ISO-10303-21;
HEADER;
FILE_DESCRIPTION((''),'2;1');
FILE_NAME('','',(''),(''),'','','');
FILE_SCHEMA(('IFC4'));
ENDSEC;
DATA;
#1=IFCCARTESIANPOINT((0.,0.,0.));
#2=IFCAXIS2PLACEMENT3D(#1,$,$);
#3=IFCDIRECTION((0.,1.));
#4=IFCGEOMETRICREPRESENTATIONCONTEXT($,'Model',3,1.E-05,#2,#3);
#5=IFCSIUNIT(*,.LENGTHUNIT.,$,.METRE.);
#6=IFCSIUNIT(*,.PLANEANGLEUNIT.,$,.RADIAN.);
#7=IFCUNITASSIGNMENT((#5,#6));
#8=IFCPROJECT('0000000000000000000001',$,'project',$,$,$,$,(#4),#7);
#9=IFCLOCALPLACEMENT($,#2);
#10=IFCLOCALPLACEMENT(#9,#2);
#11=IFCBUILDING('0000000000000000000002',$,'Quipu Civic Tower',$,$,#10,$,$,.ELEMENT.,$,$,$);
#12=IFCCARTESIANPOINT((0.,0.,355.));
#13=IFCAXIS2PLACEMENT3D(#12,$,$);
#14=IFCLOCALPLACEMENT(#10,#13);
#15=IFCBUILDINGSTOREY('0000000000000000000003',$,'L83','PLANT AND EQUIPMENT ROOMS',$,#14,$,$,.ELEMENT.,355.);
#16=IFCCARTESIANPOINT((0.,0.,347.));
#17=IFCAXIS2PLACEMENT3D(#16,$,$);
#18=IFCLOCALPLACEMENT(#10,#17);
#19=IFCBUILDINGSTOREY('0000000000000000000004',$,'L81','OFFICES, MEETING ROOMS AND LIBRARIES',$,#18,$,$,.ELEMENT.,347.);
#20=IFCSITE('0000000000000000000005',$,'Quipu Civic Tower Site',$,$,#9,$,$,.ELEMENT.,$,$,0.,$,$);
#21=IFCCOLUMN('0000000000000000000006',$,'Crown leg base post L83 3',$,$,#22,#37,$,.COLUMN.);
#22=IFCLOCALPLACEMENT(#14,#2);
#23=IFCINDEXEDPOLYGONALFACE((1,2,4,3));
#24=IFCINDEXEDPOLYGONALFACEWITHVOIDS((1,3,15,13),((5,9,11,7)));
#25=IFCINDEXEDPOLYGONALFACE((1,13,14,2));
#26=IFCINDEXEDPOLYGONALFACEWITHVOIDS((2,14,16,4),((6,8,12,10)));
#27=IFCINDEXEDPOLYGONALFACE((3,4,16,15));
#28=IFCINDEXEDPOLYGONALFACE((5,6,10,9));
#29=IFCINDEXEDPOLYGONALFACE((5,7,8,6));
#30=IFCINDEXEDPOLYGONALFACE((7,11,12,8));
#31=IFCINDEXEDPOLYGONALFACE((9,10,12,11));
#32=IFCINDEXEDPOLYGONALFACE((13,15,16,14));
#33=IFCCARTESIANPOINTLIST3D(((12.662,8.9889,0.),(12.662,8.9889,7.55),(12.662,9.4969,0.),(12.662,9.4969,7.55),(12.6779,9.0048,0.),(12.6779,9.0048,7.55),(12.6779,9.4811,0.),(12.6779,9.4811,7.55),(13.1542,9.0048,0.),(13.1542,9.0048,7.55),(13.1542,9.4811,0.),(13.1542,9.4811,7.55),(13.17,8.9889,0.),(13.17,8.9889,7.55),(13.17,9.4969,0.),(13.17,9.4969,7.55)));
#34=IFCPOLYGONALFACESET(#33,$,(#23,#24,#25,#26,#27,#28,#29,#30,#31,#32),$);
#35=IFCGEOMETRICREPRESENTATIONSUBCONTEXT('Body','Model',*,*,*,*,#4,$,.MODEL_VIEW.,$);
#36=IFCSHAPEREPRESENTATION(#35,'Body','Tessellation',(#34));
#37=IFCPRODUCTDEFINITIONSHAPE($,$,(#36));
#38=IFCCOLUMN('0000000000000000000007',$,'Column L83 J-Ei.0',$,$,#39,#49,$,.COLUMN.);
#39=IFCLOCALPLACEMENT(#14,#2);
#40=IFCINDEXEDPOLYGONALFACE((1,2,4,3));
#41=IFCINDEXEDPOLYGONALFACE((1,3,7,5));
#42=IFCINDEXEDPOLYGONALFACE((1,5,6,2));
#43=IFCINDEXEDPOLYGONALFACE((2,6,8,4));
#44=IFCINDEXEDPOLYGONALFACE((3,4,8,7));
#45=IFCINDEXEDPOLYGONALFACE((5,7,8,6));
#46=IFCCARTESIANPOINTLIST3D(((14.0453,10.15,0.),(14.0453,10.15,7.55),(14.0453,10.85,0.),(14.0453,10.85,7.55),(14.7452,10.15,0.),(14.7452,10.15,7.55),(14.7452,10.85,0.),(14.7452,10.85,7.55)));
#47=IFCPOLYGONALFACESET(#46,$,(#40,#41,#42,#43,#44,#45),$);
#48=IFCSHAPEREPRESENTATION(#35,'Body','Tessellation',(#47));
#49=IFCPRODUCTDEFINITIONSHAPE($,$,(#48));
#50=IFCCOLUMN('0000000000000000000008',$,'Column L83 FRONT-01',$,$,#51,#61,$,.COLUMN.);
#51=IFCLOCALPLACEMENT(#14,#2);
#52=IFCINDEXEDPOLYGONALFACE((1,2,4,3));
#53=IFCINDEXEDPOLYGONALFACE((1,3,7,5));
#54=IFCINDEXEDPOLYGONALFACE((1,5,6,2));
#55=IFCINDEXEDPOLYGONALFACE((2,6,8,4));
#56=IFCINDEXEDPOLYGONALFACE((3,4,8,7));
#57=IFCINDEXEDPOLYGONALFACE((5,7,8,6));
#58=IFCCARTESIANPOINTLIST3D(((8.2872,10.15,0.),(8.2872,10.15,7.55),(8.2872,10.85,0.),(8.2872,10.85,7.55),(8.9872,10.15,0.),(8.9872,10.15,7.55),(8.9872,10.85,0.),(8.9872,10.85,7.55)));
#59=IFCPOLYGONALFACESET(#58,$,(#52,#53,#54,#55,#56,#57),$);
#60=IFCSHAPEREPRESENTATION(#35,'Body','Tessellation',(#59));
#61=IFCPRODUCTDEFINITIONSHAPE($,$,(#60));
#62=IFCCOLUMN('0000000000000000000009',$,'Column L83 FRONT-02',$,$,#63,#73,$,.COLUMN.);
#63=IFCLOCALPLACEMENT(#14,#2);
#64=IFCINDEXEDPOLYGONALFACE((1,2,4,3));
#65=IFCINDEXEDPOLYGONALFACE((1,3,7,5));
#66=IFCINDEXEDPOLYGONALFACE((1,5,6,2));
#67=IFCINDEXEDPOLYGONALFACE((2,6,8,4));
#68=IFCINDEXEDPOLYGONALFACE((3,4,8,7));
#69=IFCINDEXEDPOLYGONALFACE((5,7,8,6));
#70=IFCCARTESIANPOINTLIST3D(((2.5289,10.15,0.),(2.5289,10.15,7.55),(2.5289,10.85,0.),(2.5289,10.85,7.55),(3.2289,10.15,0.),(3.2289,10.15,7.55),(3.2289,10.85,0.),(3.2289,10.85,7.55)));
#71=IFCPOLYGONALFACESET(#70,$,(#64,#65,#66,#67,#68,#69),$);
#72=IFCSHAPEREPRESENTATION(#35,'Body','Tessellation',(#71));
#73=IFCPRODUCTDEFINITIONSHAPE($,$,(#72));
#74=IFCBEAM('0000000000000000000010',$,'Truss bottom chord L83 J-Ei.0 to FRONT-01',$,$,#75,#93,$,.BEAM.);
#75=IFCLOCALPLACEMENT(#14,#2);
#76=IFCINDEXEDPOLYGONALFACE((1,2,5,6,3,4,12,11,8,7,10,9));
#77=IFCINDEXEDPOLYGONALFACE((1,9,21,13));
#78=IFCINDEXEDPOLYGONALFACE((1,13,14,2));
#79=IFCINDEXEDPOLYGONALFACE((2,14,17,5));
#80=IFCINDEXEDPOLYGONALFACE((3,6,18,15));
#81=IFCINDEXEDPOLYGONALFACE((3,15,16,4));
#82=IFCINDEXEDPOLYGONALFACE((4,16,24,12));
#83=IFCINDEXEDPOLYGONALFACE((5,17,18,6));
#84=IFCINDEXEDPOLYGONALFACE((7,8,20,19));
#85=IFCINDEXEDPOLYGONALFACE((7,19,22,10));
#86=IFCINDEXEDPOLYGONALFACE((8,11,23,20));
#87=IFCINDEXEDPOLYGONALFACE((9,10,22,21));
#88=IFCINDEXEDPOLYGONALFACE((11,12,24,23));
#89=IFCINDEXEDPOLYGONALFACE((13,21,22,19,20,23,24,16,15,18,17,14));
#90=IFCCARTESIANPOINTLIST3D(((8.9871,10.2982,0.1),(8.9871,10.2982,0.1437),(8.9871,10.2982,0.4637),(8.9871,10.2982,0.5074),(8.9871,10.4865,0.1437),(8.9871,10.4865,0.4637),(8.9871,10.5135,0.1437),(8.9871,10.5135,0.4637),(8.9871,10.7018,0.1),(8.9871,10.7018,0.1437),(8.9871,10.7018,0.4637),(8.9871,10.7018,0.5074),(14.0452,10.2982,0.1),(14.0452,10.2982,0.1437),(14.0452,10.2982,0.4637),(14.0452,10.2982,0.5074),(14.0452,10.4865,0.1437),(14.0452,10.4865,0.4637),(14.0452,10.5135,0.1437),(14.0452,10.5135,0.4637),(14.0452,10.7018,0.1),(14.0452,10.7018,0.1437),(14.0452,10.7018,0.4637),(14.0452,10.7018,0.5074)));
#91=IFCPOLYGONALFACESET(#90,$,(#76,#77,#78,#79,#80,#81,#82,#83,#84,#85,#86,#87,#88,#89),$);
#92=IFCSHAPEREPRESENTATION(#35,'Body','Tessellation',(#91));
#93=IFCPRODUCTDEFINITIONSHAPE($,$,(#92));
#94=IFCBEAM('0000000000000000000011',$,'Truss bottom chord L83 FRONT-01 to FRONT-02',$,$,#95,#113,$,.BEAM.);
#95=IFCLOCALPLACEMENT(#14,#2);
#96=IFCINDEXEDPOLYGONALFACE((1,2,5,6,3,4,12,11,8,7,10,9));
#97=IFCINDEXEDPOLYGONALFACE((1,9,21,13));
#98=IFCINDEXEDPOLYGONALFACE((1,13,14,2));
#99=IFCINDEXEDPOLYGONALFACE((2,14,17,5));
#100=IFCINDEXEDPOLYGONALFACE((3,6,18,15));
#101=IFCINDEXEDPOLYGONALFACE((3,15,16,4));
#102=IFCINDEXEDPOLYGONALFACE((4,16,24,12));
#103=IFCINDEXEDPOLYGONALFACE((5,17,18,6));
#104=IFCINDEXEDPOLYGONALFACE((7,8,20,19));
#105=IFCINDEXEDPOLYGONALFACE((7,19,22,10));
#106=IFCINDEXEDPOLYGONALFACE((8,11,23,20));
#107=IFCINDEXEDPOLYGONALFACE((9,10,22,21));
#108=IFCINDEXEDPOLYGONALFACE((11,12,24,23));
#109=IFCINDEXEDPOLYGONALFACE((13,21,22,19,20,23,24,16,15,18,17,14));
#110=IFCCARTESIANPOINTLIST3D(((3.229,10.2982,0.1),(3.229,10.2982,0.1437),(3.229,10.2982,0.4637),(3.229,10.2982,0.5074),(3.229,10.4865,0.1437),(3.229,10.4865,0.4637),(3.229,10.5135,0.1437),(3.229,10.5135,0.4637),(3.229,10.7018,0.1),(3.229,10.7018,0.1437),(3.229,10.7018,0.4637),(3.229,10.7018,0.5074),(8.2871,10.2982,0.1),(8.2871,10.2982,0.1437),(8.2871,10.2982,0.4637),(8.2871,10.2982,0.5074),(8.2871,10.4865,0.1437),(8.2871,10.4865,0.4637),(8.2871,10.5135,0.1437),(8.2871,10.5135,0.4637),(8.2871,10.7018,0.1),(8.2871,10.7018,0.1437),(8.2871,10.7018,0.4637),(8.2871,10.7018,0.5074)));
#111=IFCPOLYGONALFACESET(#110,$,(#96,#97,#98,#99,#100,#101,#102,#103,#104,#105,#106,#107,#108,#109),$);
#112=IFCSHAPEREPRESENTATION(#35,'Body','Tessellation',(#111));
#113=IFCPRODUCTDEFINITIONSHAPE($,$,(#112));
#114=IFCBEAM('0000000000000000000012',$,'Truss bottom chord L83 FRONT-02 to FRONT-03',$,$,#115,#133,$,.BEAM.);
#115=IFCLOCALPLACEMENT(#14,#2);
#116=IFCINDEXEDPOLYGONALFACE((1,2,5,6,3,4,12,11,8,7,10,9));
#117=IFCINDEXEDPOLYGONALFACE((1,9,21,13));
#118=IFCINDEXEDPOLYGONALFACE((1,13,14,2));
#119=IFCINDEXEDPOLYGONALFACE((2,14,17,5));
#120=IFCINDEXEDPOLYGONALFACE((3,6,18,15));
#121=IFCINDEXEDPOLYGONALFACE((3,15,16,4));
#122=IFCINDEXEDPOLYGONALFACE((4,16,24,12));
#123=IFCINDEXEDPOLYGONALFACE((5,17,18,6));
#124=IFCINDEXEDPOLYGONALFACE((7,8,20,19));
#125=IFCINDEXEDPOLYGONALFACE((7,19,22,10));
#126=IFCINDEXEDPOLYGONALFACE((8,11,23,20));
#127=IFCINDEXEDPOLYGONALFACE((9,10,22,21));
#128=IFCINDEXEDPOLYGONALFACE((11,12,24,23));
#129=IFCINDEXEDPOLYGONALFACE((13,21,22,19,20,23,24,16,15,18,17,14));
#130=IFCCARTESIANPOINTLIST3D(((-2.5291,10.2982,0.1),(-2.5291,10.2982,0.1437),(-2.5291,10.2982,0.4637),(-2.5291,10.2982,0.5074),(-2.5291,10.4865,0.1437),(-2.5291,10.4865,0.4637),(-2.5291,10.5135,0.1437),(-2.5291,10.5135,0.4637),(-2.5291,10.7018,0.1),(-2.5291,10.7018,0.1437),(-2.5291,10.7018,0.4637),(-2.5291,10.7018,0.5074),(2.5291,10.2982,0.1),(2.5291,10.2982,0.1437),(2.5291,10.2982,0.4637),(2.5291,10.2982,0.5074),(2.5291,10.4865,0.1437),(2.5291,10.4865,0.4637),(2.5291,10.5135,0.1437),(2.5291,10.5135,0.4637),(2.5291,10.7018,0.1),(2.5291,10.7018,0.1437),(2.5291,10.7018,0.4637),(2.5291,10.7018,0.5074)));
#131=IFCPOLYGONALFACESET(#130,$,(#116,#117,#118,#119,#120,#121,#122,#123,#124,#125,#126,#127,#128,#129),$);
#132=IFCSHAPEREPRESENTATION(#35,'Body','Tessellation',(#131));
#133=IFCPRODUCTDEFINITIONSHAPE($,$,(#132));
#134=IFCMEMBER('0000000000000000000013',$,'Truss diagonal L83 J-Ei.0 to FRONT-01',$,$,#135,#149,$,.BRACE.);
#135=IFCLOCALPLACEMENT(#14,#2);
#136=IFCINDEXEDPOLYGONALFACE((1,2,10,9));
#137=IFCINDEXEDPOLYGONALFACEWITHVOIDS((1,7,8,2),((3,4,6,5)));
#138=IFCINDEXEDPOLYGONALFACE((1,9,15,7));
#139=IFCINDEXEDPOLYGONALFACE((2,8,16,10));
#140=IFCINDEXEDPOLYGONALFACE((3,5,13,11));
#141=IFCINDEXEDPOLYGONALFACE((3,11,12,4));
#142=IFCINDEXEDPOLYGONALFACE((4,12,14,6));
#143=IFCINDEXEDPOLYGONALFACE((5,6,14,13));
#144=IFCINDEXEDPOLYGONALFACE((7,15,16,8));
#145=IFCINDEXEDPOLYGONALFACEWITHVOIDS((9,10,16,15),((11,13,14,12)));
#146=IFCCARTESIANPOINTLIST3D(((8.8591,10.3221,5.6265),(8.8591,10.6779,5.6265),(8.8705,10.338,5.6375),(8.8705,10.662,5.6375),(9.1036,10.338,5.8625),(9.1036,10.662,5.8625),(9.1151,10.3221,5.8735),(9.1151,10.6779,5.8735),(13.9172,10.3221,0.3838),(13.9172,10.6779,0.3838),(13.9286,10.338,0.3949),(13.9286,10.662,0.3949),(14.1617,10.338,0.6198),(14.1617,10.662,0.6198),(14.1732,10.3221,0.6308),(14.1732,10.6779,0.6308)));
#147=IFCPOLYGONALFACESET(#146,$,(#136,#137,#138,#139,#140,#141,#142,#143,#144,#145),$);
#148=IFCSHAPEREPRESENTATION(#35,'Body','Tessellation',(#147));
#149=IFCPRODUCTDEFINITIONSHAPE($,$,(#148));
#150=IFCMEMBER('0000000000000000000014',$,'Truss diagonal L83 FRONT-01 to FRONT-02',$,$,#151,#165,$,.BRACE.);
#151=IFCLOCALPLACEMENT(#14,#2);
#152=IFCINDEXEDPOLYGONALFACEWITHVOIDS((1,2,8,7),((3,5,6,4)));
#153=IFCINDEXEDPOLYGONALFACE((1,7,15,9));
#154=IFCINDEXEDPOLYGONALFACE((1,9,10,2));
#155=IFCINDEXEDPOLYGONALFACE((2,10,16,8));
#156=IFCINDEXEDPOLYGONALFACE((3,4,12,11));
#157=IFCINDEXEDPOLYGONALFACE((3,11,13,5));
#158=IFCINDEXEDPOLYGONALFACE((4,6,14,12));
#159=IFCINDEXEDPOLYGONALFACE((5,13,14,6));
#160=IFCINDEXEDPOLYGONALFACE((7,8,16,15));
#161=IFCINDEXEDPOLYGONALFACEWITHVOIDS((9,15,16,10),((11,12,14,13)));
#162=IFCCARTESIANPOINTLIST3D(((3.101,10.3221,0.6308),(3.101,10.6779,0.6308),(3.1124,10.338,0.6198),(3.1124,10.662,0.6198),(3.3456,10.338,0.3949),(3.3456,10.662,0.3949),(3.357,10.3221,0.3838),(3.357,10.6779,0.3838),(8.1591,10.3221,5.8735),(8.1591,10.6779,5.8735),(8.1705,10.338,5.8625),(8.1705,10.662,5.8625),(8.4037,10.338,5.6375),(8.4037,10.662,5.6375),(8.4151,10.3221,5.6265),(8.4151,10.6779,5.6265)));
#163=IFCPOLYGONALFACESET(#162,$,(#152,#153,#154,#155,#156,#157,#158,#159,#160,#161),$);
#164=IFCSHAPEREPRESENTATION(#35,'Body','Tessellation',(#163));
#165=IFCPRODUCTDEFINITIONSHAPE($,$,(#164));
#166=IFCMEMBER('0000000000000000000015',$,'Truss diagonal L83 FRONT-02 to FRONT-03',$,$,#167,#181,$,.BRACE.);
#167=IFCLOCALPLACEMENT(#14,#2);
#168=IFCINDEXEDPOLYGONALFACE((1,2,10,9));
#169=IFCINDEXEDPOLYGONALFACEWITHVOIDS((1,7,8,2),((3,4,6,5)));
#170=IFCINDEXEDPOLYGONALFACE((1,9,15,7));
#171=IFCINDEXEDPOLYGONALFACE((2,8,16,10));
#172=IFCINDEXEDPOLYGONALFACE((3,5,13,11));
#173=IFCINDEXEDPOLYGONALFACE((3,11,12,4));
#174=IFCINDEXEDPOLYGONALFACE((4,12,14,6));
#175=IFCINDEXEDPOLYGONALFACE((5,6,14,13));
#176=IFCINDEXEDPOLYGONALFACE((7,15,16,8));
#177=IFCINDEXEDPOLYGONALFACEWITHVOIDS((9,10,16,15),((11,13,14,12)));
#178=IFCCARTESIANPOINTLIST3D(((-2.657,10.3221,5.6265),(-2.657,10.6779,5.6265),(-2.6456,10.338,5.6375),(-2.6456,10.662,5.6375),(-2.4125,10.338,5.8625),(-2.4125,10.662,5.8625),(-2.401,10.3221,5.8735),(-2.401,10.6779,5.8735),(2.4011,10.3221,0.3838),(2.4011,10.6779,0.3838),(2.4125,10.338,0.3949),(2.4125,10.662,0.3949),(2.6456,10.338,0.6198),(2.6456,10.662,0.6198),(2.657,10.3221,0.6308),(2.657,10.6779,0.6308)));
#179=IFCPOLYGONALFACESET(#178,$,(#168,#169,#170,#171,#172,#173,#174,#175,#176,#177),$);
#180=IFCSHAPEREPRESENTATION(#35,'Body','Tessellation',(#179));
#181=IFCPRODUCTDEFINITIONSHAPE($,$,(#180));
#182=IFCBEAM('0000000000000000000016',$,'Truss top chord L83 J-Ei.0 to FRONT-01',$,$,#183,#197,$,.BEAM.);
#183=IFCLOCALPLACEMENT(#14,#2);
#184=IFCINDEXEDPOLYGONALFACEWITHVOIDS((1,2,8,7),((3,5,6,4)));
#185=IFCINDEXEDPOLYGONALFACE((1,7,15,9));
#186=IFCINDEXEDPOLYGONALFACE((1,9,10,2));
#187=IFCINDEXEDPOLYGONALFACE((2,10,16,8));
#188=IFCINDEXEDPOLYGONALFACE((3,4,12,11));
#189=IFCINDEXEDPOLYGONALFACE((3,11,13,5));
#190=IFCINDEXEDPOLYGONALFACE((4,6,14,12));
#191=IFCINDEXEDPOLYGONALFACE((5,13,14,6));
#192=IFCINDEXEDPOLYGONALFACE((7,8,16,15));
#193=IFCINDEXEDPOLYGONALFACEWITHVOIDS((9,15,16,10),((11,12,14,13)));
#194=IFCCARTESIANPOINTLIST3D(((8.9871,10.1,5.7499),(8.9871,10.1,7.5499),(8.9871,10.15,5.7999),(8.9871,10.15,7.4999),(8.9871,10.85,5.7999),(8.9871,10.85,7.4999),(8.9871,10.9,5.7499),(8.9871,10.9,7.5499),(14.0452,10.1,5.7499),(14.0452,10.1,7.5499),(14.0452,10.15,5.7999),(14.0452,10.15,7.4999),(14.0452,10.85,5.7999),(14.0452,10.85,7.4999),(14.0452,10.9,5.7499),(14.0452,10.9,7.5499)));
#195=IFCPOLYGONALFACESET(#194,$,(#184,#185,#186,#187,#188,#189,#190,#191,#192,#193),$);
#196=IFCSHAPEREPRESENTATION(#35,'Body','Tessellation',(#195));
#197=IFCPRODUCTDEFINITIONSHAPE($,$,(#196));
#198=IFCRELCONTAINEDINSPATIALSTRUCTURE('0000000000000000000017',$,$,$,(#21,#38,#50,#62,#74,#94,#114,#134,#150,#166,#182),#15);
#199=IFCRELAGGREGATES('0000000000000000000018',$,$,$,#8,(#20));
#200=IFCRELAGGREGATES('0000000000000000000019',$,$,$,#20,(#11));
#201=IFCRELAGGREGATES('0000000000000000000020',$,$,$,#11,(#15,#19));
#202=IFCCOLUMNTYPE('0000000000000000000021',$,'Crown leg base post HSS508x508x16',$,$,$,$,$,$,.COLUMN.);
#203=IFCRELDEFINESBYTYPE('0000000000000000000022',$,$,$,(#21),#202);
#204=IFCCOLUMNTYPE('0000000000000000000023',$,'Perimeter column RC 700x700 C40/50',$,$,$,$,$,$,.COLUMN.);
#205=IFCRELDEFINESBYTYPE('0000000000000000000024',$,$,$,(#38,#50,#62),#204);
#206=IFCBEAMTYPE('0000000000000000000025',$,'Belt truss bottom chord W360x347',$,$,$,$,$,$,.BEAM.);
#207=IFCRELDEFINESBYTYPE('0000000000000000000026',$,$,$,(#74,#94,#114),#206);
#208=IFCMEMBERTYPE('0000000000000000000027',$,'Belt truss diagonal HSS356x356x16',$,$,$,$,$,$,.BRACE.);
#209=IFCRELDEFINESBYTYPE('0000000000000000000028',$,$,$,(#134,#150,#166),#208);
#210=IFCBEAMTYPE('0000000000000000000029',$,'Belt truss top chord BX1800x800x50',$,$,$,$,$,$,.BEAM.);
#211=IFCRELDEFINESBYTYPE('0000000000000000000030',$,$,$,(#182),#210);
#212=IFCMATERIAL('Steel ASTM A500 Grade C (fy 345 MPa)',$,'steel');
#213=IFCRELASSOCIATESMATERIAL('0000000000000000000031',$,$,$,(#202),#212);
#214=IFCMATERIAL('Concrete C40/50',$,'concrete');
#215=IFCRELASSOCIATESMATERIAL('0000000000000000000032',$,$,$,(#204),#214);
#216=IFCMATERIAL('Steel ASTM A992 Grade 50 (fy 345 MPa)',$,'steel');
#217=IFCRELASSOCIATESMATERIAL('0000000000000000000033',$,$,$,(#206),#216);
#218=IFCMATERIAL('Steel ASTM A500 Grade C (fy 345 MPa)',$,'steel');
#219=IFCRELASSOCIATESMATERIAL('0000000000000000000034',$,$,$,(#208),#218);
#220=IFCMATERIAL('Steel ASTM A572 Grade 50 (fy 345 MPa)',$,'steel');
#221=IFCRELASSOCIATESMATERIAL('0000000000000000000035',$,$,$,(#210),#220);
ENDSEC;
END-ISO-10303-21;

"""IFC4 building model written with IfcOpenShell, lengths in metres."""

from ifc_helpers import new_model, si_unit, direction, frame, origin, origin_2d, place, context, subcontext, project, spatial, rectangle, hollow_rectangle, i_section, extrude, material, material_profile, profile_set, type_object, element, save


model = new_model("IFC4")

# Units and contexts
model_context = context("Model", 3, precision=1e-05, world=origin(), true_north=direction((0.0, 1.0)))
body_context = subcontext(model_context, "Body", "Model", "MODEL_VIEW")
ifc_project = project(units=[si_unit("LENGTHUNIT", "METRE"), si_unit("PLANEANGLEUNIT", "RADIAN")], contexts=[model_context])

# Site, building, storey
site_placement = place(None, origin())
site = spatial("IfcSite", under=ifc_project, at=site_placement, Name="Quipu Civic Tower Site", CompositionType="ELEMENT", RefElevation=0.0)
building_placement = place(site_placement, origin())
building = spatial("IfcBuilding", under=site, at=building_placement, Name="Quipu Civic Tower", CompositionType="ELEMENT")
storey_1_placement = place(building_placement, frame((0.0, 0.0, 355.0)))
storey_1 = spatial("IfcBuildingStorey", under=building, at=storey_1_placement, Name="L83", Description="PLANT AND EQUIPMENT ROOMS", CompositionType="ELEMENT", Elevation=355.0)

# Columns
ifc_material_1 = material(Name="Steel ASTM A500 Grade C (fy 345 MPa)", Category="steel")
ifc_material_profile_1 = material_profile(ifc_material_1, hollow_rectangle(XDim=0.5081, YDim=0.5081, WallThickness=0.0159, at=origin_2d()), Name="HSS508x508x16")
ifc_profile_set_1 = profile_set([ifc_material_profile_1], Name="Steel ASTM A500 Grade C (fy 345 MPa)")
column_type_1 = type_object("IfcColumnType", Name="Crown leg base post HSS508x508x16", PredefinedType="COLUMN", material=ifc_profile_set_1)
column_placement = place(storey_1_placement, frame((12.916, 9.2429, 0.0), z_axis=(0.0, 0.0, 1.0), x_axis=(1.0, 0.0, 0.0)))
element("IfcColumn", 1, at=column_placement, inside=storey_1, type_object=column_type_1, Name="Crown leg base post L83 3", PredefinedType="COLUMN", context=body_context, shape_type="SweptSolid", body=[
    extrude(hollow_rectangle(XDim=0.5081, YDim=0.5081, WallThickness=0.0159, at=origin_2d()), origin(), (0.0, 0.0, 1.0), 7.55),
])
ifc_material_2 = material(Name="Concrete C40/50", Category="concrete")
ifc_material_profile_2 = material_profile(ifc_material_2, rectangle(XDim=0.7, YDim=0.7, at=origin_2d()), Name="RC700x700")
ifc_profile_set_2 = profile_set([ifc_material_profile_2], Name="Concrete C40/50")
column_type_2 = type_object("IfcColumnType", Name="Perimeter column RC 700x700 C40/50", PredefinedType="COLUMN", material=ifc_profile_set_2)
for number, where, z_axis, x_axis, name in (
    (2, (14.3953, 10.5, 0.0), (0.0, 0.0, 1.0), (-1.0, 0.0, 0.0), "Column L83 J-Ei.0"),
    (3, (8.6372, 10.5, 0.0), (0.0, 0.0, 1.0), (-1.0, 0.0, 0.0), "Column L83 FRONT-01"),
    (4, (2.8789, 10.5, 0.0), (0.0, 0.0, 1.0), (-1.0, 0.0, 0.0), "Column L83 FRONT-02"),
):
    element("IfcColumn", number, at=place(storey_1_placement, frame(where, z_axis=z_axis, x_axis=x_axis)), inside=storey_1, type_object=column_type_2, Name=name, PredefinedType="COLUMN", context=body_context, shape_type="SweptSolid", body=[
        extrude(rectangle(XDim=0.7, YDim=0.7, at=origin_2d()), origin(), (0.0, 0.0, 1.0), 7.55),
    ])

# Beams
ifc_material_3 = material(Name="Steel ASTM A992 Grade 50 (fy 345 MPa)", Category="steel")
ifc_material_profile_3 = material_profile(ifc_material_3, i_section(OverallWidth=0.4036, OverallDepth=0.4075, WebThickness=0.0271, FlangeThickness=0.0437, at=origin_2d()), Name="W360x347")
ifc_profile_set_3 = profile_set([ifc_material_profile_3], Name="Steel ASTM A992 Grade 50 (fy 345 MPa)")
beam_type_1 = type_object("IfcBeamType", Name="Belt truss bottom chord W360x347", PredefinedType="BEAM", material=ifc_profile_set_3)
for number, where, z_axis, x_axis, name in (
    (5, (14.0452, 10.5, 0.3037), (-1.0, 0.0, 0.0), (0.0, -1.0, 0.0), "Truss bottom chord L83 J-Ei.0 to FRONT-01"),
    (6, (8.2871, 10.5, 0.3037), (-1.0, 0.0, 0.0), (0.0, -1.0, 0.0), "Truss bottom chord L83 FRONT-01 to FRONT-02"),
    (7, (2.5291, 10.5, 0.3037), (-1.0, 0.0, 0.0), (0.0, -1.0, 0.0), "Truss bottom chord L83 FRONT-02 to FRONT-03"),
):
    element("IfcBeam", number, at=place(storey_1_placement, frame(where, z_axis=z_axis, x_axis=x_axis)), inside=storey_1, type_object=beam_type_1, Name=name, PredefinedType="BEAM", context=body_context, shape_type="SweptSolid", body=[
        extrude(i_section(OverallWidth=0.4036, OverallDepth=0.4075, WebThickness=0.0271, FlangeThickness=0.0437, at=origin_2d()), origin(), (0.0, 0.0, 1.0), 5.0581),
    ])

# Members
ifc_material_4 = material(Name="Steel ASTM A500 Grade C (fy 345 MPa)", Category="steel")
ifc_material_profile_4 = material_profile(ifc_material_4, hollow_rectangle(XDim=0.3557, YDim=0.3557, WallThickness=0.0159, at=origin_2d()), Name="HSS356x356x16")
ifc_profile_set_4 = profile_set([ifc_material_profile_4], Name="Steel ASTM A500 Grade C (fy 345 MPa)")
member_type_1 = type_object("IfcMemberType", Name="Belt truss diagonal HSS356x356x16", PredefinedType="BRACE", material=ifc_profile_set_4)
for number, where, z_axis, x_axis, name in (
    (8, (14.0452, 10.5, 0.5073), (-0.694325, 0.0, 0.719661), (0.0, -1.0, 0.0), "Truss diagonal L83 J-Ei.0 to FRONT-01"),
    (9, (8.2871, 10.5, 5.75), (-0.694325, 0.0, -0.719661), (0.0, -1.0, 0.0), "Truss diagonal L83 FRONT-01 to FRONT-02"),
    (10, (2.5291, 10.5, 0.5073), (-0.694325, 0.0, 0.719661), (0.0, -1.0, 0.0), "Truss diagonal L83 FRONT-02 to FRONT-03"),
):
    element("IfcMember", number, at=place(storey_1_placement, frame(where, z_axis=z_axis, x_axis=x_axis)), inside=storey_1, type_object=member_type_1, Name=name, PredefinedType="BRACE", context=body_context, shape_type="SweptSolid", body=[
        extrude(hollow_rectangle(XDim=0.3557, YDim=0.3557, WallThickness=0.0159, at=origin_2d()), origin(), (0.0, 0.0, 1.0), 7.2849),
    ])

# Beam
ifc_material_5 = material(Name="Steel ASTM A572 Grade 50 (fy 345 MPa)", Category="steel")
ifc_material_profile_5 = material_profile(ifc_material_5, hollow_rectangle(XDim=0.8, YDim=1.8, WallThickness=0.05, at=origin_2d()), Name="BX1800x800x50")
ifc_profile_set_5 = profile_set([ifc_material_profile_5], Name="Steel ASTM A572 Grade 50 (fy 345 MPa)")
beam_type_2 = type_object("IfcBeamType", Name="Belt truss top chord BX1800x800x50", PredefinedType="BEAM", material=ifc_profile_set_5)
for number, where, z_axis, x_axis, name in (
    (11, (14.0452, 10.5, 6.6499), (-1.0, 0.0, 0.0), (0.0, -1.0, 0.0), "Truss top chord L83 J-Ei.0 to FRONT-01"),
):
    element("IfcBeam", number, at=place(storey_1_placement, frame(where, z_axis=z_axis, x_axis=x_axis)), inside=storey_1, type_object=beam_type_2, Name=name, PredefinedType="BEAM", context=body_context, shape_type="SweptSolid", body=[
        extrude(hollow_rectangle(XDim=0.8, YDim=1.8, WallThickness=0.05, at=origin_2d()), origin(), (0.0, 0.0, 1.0), 5.0581),
    ])

# Shared definitions
storey_2_placement = place(building_placement, frame((0.0, 0.0, 347.0)))
storey_2 = spatial("IfcBuildingStorey", under=building, at=storey_2_placement, Name="L81", Description="OFFICES, MEETING ROOMS AND LIBRARIES", CompositionType="ELEMENT", Elevation=347.0)

save(model, "model.ifc")
